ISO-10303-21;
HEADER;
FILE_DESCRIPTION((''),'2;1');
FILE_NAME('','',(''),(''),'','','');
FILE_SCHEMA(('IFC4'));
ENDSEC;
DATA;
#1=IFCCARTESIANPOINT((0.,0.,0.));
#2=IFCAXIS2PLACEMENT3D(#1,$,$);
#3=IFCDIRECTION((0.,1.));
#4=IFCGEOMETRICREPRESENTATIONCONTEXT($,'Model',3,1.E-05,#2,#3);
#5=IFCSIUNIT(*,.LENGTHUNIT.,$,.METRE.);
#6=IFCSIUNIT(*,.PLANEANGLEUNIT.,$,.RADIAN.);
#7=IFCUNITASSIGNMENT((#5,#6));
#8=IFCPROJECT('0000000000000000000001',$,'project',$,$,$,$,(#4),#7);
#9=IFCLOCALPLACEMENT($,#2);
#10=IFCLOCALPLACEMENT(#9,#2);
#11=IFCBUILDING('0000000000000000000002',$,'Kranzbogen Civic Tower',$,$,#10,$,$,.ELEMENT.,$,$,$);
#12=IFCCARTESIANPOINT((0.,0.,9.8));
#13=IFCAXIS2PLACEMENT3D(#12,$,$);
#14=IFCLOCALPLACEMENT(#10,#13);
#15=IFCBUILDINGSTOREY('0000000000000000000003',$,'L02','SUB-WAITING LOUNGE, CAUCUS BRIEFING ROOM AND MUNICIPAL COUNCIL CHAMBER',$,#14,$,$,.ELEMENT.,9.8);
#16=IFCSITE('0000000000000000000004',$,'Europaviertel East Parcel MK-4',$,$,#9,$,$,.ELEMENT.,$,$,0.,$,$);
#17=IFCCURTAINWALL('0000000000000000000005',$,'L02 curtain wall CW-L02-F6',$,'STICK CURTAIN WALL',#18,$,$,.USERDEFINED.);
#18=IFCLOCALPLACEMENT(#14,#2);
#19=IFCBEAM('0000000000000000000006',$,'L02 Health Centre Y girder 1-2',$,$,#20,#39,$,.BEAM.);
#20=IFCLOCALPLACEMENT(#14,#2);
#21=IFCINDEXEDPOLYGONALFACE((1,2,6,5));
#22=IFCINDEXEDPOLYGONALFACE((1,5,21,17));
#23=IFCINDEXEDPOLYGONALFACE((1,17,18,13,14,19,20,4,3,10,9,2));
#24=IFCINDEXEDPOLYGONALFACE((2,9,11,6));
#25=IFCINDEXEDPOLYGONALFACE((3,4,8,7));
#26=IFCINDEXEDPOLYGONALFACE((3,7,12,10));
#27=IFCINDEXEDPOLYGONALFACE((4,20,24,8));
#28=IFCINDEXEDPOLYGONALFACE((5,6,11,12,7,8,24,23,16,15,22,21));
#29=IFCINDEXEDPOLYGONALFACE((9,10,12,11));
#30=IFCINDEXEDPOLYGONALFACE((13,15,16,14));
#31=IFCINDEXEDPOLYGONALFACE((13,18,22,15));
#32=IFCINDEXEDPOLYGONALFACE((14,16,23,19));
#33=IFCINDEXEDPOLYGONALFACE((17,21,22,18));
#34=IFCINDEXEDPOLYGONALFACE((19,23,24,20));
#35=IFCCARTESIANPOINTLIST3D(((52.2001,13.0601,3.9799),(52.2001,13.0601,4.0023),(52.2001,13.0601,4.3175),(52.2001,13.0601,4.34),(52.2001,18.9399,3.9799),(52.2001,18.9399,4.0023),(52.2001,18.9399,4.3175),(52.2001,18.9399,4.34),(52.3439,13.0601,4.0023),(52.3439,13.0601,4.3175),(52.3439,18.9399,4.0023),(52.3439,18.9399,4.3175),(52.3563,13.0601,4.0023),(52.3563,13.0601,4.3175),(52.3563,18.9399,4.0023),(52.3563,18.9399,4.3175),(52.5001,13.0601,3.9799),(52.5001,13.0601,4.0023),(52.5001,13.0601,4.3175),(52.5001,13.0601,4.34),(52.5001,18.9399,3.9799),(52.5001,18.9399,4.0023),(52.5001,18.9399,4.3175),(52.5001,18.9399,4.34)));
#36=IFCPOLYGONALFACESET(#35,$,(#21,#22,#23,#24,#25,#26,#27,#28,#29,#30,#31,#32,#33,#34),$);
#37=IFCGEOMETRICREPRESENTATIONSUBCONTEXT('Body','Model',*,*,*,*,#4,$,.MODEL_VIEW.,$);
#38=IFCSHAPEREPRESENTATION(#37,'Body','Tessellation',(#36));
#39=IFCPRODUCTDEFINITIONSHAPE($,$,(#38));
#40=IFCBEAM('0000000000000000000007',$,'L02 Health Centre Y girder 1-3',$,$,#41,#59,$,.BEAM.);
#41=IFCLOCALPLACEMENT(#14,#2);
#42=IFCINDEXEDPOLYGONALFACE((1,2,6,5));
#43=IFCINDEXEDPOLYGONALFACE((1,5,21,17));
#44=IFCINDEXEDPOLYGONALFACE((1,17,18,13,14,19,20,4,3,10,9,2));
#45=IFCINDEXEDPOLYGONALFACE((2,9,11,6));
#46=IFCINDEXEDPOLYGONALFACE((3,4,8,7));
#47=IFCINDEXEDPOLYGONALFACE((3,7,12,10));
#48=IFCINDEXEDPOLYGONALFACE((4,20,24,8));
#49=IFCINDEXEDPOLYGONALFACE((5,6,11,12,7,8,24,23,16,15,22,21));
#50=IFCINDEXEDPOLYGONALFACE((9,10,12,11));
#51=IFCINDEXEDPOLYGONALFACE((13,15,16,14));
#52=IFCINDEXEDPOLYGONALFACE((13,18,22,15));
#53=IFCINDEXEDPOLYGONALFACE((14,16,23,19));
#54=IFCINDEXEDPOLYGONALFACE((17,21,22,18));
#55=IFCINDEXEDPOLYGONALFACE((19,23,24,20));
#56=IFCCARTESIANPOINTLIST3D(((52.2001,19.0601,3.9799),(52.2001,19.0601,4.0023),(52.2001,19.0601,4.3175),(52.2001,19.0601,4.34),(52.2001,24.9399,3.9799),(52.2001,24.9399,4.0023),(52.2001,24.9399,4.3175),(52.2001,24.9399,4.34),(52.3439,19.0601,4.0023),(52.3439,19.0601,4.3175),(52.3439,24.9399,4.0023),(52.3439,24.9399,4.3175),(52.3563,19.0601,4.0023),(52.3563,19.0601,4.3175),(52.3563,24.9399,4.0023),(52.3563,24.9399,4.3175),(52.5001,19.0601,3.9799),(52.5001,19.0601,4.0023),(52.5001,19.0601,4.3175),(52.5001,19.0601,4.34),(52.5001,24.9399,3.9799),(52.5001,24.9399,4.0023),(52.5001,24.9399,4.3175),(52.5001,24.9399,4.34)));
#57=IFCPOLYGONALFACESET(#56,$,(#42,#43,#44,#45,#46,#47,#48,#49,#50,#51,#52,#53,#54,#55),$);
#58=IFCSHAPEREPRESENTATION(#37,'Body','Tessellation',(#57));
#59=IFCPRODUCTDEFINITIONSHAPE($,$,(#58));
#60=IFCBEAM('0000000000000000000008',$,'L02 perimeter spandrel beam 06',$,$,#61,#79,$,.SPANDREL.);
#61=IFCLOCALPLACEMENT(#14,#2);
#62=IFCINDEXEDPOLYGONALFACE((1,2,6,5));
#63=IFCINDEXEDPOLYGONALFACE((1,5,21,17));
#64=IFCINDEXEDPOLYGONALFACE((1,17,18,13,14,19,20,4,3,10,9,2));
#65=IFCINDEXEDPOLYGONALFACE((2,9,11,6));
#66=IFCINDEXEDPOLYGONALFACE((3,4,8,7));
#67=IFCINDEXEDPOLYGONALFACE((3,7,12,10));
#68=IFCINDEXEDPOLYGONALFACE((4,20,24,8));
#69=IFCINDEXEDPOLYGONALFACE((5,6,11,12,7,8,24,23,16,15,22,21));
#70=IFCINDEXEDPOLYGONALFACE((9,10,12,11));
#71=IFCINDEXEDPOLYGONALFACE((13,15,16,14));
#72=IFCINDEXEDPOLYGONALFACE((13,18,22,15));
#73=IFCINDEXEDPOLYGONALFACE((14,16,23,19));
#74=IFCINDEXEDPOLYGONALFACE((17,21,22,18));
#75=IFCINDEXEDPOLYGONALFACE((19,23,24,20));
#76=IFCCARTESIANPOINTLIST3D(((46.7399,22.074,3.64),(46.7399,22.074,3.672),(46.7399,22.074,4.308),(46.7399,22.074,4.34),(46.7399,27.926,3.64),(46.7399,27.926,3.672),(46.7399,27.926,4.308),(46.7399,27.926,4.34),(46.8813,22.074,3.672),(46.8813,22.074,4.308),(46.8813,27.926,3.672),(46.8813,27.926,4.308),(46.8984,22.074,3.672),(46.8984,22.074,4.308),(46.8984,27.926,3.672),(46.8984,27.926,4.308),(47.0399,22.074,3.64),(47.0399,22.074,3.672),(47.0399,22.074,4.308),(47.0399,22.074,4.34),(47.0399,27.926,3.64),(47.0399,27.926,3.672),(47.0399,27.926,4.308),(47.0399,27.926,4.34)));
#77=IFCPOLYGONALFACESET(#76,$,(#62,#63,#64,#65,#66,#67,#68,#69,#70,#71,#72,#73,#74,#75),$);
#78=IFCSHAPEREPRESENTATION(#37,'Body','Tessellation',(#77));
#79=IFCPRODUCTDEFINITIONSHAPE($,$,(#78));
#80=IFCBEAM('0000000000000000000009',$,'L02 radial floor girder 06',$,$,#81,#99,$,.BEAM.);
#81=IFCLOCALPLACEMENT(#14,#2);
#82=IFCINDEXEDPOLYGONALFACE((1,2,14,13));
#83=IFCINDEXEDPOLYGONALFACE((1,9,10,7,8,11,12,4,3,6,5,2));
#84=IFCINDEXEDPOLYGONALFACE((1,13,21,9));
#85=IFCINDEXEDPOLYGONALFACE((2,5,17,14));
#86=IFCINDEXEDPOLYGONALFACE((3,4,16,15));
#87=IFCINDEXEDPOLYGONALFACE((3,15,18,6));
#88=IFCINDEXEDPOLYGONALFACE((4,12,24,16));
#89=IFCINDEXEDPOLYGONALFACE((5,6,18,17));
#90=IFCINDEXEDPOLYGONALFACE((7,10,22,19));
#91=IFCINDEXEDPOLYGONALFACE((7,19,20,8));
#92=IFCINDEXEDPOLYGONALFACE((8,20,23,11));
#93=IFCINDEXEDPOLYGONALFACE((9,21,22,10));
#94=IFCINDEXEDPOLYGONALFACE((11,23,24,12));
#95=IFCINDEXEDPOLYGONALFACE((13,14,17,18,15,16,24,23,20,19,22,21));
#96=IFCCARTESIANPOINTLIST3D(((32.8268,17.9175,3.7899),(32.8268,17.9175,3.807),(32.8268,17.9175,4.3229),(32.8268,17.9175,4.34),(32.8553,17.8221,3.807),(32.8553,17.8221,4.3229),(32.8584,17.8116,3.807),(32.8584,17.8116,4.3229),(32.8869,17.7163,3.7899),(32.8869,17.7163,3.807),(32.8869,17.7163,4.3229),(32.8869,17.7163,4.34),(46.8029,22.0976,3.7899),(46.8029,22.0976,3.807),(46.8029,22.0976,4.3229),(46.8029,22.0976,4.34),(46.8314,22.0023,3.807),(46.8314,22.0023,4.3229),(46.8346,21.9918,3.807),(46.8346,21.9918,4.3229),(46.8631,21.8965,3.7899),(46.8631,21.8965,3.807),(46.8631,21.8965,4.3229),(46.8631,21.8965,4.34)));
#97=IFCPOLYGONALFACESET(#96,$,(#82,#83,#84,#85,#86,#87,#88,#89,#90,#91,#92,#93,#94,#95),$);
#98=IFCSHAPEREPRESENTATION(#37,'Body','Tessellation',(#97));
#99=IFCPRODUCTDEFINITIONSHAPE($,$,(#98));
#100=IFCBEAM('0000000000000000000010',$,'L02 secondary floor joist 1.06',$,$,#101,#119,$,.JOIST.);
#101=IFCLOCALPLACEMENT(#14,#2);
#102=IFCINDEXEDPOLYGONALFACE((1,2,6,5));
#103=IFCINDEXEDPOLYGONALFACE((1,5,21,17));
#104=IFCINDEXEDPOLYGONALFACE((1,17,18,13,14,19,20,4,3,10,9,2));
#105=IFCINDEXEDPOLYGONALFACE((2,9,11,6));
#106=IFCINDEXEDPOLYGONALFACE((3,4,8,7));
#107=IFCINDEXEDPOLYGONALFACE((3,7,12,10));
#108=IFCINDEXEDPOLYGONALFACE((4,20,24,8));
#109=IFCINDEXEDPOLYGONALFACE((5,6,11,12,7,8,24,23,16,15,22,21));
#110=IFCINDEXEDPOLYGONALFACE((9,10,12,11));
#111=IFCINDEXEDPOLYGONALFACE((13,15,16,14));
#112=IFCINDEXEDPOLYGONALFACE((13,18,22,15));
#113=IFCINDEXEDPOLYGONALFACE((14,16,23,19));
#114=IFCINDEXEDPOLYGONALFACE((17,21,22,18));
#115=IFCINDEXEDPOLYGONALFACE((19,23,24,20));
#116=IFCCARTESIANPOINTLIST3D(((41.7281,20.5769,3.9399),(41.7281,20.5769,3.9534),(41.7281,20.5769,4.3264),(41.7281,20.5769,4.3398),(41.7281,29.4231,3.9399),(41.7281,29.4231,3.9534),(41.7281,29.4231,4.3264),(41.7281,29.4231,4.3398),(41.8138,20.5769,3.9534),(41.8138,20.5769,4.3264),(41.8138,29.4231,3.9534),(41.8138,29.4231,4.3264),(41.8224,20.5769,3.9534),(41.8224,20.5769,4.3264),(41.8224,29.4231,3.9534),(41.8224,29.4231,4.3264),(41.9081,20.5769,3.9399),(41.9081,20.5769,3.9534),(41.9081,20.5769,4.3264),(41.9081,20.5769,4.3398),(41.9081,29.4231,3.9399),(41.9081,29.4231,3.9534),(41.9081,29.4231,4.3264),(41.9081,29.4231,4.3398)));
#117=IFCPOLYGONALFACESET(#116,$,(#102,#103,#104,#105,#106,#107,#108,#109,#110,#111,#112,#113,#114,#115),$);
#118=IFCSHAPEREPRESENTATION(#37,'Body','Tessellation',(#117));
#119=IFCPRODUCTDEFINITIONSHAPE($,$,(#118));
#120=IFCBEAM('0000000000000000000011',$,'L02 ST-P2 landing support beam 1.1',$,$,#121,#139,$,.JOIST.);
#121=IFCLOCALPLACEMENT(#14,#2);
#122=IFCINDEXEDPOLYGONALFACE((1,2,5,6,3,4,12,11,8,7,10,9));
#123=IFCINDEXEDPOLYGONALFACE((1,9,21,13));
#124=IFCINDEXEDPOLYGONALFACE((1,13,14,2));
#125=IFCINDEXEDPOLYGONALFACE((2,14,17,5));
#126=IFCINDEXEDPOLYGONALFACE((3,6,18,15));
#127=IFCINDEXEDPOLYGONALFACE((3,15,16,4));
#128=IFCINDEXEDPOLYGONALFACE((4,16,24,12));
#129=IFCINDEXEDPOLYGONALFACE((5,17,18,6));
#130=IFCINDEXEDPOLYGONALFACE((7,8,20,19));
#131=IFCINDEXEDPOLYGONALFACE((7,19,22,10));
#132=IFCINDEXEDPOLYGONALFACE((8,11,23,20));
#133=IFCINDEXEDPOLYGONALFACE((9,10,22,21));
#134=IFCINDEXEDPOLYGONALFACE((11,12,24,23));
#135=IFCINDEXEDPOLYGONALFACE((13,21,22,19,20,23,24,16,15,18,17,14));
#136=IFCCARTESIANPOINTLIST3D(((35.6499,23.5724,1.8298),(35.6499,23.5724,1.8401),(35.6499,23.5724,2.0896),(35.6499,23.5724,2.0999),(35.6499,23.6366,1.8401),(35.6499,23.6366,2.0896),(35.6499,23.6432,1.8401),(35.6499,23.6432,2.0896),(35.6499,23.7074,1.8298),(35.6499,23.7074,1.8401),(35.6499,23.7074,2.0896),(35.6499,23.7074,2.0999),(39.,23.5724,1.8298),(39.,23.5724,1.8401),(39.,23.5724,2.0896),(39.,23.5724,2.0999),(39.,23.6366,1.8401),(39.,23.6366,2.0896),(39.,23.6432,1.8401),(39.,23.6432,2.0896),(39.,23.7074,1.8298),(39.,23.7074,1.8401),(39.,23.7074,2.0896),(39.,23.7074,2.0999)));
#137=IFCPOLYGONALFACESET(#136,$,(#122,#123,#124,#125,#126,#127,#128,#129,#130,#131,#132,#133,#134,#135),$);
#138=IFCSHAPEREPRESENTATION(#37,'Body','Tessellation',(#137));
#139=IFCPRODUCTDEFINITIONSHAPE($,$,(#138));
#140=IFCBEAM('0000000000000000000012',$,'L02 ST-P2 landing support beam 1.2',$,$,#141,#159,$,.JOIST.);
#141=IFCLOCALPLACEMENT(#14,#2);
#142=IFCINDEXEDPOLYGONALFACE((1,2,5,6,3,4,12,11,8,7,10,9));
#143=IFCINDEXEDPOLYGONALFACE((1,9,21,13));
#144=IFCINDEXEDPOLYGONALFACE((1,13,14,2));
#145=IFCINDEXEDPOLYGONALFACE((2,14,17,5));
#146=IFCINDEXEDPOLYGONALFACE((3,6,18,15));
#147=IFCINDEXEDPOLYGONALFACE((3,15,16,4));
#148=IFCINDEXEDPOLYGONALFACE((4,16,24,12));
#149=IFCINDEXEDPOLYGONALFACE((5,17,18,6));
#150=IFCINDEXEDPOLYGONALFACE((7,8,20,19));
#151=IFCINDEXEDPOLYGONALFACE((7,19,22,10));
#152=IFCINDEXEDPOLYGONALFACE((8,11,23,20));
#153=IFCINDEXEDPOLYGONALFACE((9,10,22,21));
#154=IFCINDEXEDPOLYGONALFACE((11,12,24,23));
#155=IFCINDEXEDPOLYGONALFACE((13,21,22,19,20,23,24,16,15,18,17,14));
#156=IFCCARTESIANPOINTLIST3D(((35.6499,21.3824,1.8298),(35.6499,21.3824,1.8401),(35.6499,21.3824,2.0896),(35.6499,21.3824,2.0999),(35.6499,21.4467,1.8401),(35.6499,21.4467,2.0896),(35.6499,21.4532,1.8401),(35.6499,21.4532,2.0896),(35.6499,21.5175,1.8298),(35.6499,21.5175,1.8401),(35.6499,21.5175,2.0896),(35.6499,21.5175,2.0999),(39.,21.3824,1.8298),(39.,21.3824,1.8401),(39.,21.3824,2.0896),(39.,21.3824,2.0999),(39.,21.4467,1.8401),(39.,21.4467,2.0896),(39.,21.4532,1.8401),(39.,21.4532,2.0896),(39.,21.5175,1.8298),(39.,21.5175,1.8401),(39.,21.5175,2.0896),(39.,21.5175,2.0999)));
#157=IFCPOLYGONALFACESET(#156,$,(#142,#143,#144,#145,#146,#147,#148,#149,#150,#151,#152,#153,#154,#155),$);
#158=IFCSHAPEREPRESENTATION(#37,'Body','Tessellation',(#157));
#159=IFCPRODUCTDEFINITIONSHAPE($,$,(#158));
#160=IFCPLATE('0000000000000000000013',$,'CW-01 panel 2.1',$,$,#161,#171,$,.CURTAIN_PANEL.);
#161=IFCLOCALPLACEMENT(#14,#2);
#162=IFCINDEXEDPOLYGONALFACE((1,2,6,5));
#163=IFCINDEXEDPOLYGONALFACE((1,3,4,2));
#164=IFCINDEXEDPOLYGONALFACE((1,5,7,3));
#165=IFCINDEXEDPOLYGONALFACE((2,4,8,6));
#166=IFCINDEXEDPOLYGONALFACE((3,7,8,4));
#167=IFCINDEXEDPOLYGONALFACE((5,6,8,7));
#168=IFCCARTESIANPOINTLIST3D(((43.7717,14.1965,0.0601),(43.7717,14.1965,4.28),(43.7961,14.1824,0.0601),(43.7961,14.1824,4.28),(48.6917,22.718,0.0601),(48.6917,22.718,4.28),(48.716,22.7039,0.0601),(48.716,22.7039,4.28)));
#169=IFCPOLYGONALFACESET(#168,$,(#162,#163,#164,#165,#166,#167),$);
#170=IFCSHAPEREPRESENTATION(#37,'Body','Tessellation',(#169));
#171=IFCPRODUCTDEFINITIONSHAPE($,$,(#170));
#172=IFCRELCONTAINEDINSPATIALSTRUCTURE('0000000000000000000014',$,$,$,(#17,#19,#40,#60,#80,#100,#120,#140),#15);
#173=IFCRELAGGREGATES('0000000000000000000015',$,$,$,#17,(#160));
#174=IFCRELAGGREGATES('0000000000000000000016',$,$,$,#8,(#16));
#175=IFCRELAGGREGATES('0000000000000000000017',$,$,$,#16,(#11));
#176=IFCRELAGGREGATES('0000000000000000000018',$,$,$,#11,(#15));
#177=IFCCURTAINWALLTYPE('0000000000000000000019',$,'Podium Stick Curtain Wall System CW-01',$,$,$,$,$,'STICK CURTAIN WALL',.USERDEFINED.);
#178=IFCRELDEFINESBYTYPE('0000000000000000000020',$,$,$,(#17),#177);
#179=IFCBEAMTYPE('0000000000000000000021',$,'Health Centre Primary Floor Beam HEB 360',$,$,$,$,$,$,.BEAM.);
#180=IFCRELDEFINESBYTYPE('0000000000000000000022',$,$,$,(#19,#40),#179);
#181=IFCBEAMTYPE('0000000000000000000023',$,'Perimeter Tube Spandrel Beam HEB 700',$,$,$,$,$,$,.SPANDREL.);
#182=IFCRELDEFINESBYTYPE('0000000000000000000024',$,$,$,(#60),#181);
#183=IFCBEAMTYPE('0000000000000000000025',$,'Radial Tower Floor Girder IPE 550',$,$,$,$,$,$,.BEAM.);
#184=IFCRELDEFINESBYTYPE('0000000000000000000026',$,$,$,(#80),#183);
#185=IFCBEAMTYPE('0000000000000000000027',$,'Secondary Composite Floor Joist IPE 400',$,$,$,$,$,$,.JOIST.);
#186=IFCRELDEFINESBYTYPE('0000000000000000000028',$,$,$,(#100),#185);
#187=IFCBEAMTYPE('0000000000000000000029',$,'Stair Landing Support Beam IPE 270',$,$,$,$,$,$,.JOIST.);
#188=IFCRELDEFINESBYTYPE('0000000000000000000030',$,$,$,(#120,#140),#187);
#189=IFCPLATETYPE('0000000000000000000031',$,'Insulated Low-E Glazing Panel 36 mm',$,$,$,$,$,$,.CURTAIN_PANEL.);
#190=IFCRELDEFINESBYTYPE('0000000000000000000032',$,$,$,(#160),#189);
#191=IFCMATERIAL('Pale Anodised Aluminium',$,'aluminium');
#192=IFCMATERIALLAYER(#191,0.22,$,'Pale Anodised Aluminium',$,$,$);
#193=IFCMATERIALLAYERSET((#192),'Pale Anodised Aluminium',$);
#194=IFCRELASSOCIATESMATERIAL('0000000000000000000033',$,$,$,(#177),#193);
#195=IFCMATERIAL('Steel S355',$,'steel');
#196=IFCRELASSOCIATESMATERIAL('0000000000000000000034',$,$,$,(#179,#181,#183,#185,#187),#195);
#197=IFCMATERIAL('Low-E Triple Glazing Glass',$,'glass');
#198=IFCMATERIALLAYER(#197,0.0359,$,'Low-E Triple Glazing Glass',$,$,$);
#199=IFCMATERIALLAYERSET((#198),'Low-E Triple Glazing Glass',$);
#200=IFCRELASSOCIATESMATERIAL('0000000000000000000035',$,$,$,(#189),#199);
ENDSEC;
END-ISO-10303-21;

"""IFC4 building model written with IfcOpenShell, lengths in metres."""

from ifc_helpers import new_model, si_unit, direction, frame, origin, origin_2d, place, context, subcontext, project, spatial, rectangle, i_section, extrude, material, layer, layer_set, material_profile, profile_set, type_object, element, aggregate, save


model = new_model("IFC4")

# Units and contexts
model_context = context("Model", 3, precision=1e-05, world=origin(), true_north=direction((0.0, 1.0)))
body_context = subcontext(model_context, "Body", "Model", "MODEL_VIEW")
ifc_project = project(units=[si_unit("LENGTHUNIT", "METRE"), si_unit("PLANEANGLEUNIT", "RADIAN")], contexts=[model_context])

# Site, building, storey
site_placement = place(None, origin())
site = spatial("IfcSite", under=ifc_project, at=site_placement, Name="Europaviertel East Parcel MK-4", CompositionType="ELEMENT", RefElevation=0.0)
building_placement = place(site_placement, origin())
building = spatial("IfcBuilding", under=site, at=building_placement, Name="Kranzbogen Civic Tower", CompositionType="ELEMENT")
storey_placement = place(building_placement, frame((0.0, 0.0, 9.8)))
storey = spatial("IfcBuildingStorey", under=building, at=storey_placement, Name="L02", Description="SUB-WAITING LOUNGE, CAUCUS BRIEFING ROOM AND MUNICIPAL COUNCIL CHAMBER", CompositionType="ELEMENT", Elevation=9.8)

# Shared definitions
ifc_material_1 = material(Name="Pale Anodised Aluminium", Category="aluminium")

# Curtain wall
ifc_layer_1 = layer(ifc_material_1, 0.22, Name="Pale Anodised Aluminium")
ifc_layer_set_1 = layer_set([ifc_layer_1], Name="Pale Anodised Aluminium")
curtain_wall_type_1 = type_object("IfcCurtainWallType", Name="Podium Stick Curtain Wall System CW-01", ElementType="STICK CURTAIN WALL", PredefinedType="USERDEFINED", material=ifc_layer_set_1)
curtain_wall_1_placement = place(storey_placement, origin())
curtain_wall_1 = element("IfcCurtainWall", 1, at=curtain_wall_1_placement, inside=storey, type_object=curtain_wall_type_1, Name="L02 curtain wall CW-L02-F6", ObjectType="STICK CURTAIN WALL", PredefinedType="USERDEFINED")

# Beams
ifc_material_2 = material(Name="Steel S355", Category="steel")
ifc_material_profile_1 = material_profile(ifc_material_2, i_section(OverallWidth=0.3, OverallDepth=0.3601, WebThickness=0.0125, FlangeThickness=0.0225, at=origin_2d()), Name="HEB 360")
ifc_profile_set_1 = profile_set([ifc_material_profile_1], Name="Steel S355")
beam_type_1 = type_object("IfcBeamType", Name="Health Centre Primary Floor Beam HEB 360", PredefinedType="BEAM", material=ifc_profile_set_1)
for number, where, z_axis, x_axis, name in (
    (2, (52.3501, 13.0601, 4.1599), (0.0, 1.0, 0.0), (-1.0, 0.0, 0.0), "L02 Health Centre Y girder 1-2"),
    (3, (52.3501, 19.0601, 4.1599), (0.0, 1.0, 0.0), (-1.0, 0.0, 0.0), "L02 Health Centre Y girder 1-3"),
):
    element("IfcBeam", number, at=place(storey_placement, frame(where, z_axis=z_axis, x_axis=x_axis)), inside=storey, type_object=beam_type_1, Name=name, PredefinedType="BEAM", context=body_context, shape_type="SweptSolid", body=[
        extrude(i_section(OverallWidth=0.3, OverallDepth=0.3601, WebThickness=0.0125, FlangeThickness=0.0225, at=origin_2d()), origin(), (0.0, 0.0, 1.0), 5.8799),
    ])
ifc_material_profile_2 = material_profile(ifc_material_2, i_section(OverallWidth=0.3, OverallDepth=0.7, WebThickness=0.0171, FlangeThickness=0.032, at=origin_2d()), Name="HEB 700")
ifc_profile_set_2 = profile_set([ifc_material_profile_2], Name="Steel S355")
beam_type_2 = type_object("IfcBeamType", Name="Perimeter Tube Spandrel Beam HEB 700", PredefinedType="SPANDREL", material=ifc_profile_set_2)
beam_1_placement = place(storey_placement, frame((46.8899, 22.074, 3.99), z_axis=(0.0, 1.0, 0.0), x_axis=(-1.0, 0.0, 0.0)))
element("IfcBeam", 4, at=beam_1_placement, inside=storey, type_object=beam_type_2, Name="L02 perimeter spandrel beam 06", PredefinedType="SPANDREL", context=body_context, shape_type="SweptSolid", body=[
    extrude(i_section(OverallWidth=0.3, OverallDepth=0.7, WebThickness=0.0171, FlangeThickness=0.032, at=origin_2d()), origin(), (0.0, 0.0, 1.0), 5.8521),
])
ifc_material_profile_3 = material_profile(ifc_material_2, i_section(OverallWidth=0.21, OverallDepth=0.55, WebThickness=0.011, FlangeThickness=0.0171, at=origin_2d()), Name="IPE 550")
ifc_profile_set_3 = profile_set([ifc_material_profile_3], Name="Steel S355")
beam_type_3 = type_object("IfcBeamType", Name="Radial Tower Floor Girder IPE 550", PredefinedType="BEAM", material=ifc_profile_set_3)
beam_2_placement = place(storey_placement, frame((46.833, 21.9971, 4.0649), z_axis=(-0.958065, -0.286552, 0.0), x_axis=(0.286552, -0.958065, 0.0)))
element("IfcBeam", 5, at=beam_2_placement, inside=storey, type_object=beam_type_3, Name="L02 radial floor girder 06", PredefinedType="BEAM", context=body_context, shape_type="SweptSolid", body=[
    extrude(i_section(OverallWidth=0.21, OverallDepth=0.55, WebThickness=0.011, FlangeThickness=0.0171, at=origin_2d()), origin(), (0.0, 0.0, 1.0), 14.5879),
])
ifc_material_profile_4 = material_profile(ifc_material_2, i_section(OverallWidth=0.1799, OverallDepth=0.3999, WebThickness=0.0085, FlangeThickness=0.0134, at=origin_2d()), Name="IPE 400")
ifc_profile_set_4 = profile_set([ifc_material_profile_4], Name="Steel S355")
beam_type_4 = type_object("IfcBeamType", Name="Secondary Composite Floor Joist IPE 400", PredefinedType="JOIST", material=ifc_profile_set_4)
beam_3_placement = place(storey_placement, frame((41.8181, 20.5769, 4.1399), z_axis=(0.0, 1.0, 0.0), x_axis=(-1.0, 0.0, 0.0)))
element("IfcBeam", 6, at=beam_3_placement, inside=storey, type_object=beam_type_4, Name="L02 secondary floor joist 1.06", PredefinedType="JOIST", context=body_context, shape_type="SweptSolid", body=[
    extrude(i_section(OverallWidth=0.1799, OverallDepth=0.3999, WebThickness=0.0085, FlangeThickness=0.0134, at=origin_2d()), origin(), (0.0, 0.0, 1.0), 8.8462),
])
ifc_material_profile_5 = material_profile(ifc_material_2, i_section(OverallWidth=0.135, OverallDepth=0.27, WebThickness=0.0066, FlangeThickness=0.0103, at=origin_2d()), Name="IPE 270")
ifc_profile_set_5 = profile_set([ifc_material_profile_5], Name="Steel S355")
beam_type_5 = type_object("IfcBeamType", Name="Stair Landing Support Beam IPE 270", PredefinedType="JOIST", material=ifc_profile_set_5)
for number, where, z_axis, x_axis, name in (
    (7, (35.6499, 23.6399, 1.9648), (1.0, 0.0, 0.0), (0.0, 1.0, 0.0), "L02 ST-P2 landing support beam 1.1"),
    (8, (35.6499, 21.45, 1.9648), (1.0, 0.0, 0.0), (0.0, 1.0, 0.0), "L02 ST-P2 landing support beam 1.2"),
):
    element("IfcBeam", number, at=place(storey_placement, frame(where, z_axis=z_axis, x_axis=x_axis)), inside=storey, type_object=beam_type_5, Name=name, PredefinedType="JOIST", context=body_context, shape_type="SweptSolid", body=[
        extrude(i_section(OverallWidth=0.135, OverallDepth=0.27, WebThickness=0.0066, FlangeThickness=0.0103, at=origin_2d()), origin(), (0.0, 0.0, 1.0), 3.3501),
    ])

# Plate
ifc_material_3 = material(Name="Low-E Triple Glazing Glass", Category="glass")
ifc_layer_2 = layer(ifc_material_3, 0.0359, Name="Low-E Triple Glazing Glass")
ifc_layer_set_2 = layer_set([ifc_layer_2], Name="Low-E Triple Glazing Glass")
plate_type = type_object("IfcPlateType", Name="Insulated Low-E Glazing Panel 36 mm", PredefinedType="CURTAIN_PANEL", material=ifc_layer_set_2)
plate_placement = place(storey_placement, frame((46.2439, 18.4502, 0.0601), z_axis=(0.0, 0.0, 1.0), x_axis=(0.500006, 0.866022, 0.0)))
plate = element("IfcPlate", 9, at=plate_placement, type_object=plate_type, Name="CW-01 panel 2.1", PredefinedType="CURTAIN_PANEL", context=body_context, shape_type="SweptSolid", body=[
    extrude(rectangle(XDim=9.8398, YDim=0.0281, at=origin_2d()), origin(), (0.0, 0.0, 1.0), 4.22),
])
aggregate(curtain_wall_1, [plate])

save(model, "model.ifc")
